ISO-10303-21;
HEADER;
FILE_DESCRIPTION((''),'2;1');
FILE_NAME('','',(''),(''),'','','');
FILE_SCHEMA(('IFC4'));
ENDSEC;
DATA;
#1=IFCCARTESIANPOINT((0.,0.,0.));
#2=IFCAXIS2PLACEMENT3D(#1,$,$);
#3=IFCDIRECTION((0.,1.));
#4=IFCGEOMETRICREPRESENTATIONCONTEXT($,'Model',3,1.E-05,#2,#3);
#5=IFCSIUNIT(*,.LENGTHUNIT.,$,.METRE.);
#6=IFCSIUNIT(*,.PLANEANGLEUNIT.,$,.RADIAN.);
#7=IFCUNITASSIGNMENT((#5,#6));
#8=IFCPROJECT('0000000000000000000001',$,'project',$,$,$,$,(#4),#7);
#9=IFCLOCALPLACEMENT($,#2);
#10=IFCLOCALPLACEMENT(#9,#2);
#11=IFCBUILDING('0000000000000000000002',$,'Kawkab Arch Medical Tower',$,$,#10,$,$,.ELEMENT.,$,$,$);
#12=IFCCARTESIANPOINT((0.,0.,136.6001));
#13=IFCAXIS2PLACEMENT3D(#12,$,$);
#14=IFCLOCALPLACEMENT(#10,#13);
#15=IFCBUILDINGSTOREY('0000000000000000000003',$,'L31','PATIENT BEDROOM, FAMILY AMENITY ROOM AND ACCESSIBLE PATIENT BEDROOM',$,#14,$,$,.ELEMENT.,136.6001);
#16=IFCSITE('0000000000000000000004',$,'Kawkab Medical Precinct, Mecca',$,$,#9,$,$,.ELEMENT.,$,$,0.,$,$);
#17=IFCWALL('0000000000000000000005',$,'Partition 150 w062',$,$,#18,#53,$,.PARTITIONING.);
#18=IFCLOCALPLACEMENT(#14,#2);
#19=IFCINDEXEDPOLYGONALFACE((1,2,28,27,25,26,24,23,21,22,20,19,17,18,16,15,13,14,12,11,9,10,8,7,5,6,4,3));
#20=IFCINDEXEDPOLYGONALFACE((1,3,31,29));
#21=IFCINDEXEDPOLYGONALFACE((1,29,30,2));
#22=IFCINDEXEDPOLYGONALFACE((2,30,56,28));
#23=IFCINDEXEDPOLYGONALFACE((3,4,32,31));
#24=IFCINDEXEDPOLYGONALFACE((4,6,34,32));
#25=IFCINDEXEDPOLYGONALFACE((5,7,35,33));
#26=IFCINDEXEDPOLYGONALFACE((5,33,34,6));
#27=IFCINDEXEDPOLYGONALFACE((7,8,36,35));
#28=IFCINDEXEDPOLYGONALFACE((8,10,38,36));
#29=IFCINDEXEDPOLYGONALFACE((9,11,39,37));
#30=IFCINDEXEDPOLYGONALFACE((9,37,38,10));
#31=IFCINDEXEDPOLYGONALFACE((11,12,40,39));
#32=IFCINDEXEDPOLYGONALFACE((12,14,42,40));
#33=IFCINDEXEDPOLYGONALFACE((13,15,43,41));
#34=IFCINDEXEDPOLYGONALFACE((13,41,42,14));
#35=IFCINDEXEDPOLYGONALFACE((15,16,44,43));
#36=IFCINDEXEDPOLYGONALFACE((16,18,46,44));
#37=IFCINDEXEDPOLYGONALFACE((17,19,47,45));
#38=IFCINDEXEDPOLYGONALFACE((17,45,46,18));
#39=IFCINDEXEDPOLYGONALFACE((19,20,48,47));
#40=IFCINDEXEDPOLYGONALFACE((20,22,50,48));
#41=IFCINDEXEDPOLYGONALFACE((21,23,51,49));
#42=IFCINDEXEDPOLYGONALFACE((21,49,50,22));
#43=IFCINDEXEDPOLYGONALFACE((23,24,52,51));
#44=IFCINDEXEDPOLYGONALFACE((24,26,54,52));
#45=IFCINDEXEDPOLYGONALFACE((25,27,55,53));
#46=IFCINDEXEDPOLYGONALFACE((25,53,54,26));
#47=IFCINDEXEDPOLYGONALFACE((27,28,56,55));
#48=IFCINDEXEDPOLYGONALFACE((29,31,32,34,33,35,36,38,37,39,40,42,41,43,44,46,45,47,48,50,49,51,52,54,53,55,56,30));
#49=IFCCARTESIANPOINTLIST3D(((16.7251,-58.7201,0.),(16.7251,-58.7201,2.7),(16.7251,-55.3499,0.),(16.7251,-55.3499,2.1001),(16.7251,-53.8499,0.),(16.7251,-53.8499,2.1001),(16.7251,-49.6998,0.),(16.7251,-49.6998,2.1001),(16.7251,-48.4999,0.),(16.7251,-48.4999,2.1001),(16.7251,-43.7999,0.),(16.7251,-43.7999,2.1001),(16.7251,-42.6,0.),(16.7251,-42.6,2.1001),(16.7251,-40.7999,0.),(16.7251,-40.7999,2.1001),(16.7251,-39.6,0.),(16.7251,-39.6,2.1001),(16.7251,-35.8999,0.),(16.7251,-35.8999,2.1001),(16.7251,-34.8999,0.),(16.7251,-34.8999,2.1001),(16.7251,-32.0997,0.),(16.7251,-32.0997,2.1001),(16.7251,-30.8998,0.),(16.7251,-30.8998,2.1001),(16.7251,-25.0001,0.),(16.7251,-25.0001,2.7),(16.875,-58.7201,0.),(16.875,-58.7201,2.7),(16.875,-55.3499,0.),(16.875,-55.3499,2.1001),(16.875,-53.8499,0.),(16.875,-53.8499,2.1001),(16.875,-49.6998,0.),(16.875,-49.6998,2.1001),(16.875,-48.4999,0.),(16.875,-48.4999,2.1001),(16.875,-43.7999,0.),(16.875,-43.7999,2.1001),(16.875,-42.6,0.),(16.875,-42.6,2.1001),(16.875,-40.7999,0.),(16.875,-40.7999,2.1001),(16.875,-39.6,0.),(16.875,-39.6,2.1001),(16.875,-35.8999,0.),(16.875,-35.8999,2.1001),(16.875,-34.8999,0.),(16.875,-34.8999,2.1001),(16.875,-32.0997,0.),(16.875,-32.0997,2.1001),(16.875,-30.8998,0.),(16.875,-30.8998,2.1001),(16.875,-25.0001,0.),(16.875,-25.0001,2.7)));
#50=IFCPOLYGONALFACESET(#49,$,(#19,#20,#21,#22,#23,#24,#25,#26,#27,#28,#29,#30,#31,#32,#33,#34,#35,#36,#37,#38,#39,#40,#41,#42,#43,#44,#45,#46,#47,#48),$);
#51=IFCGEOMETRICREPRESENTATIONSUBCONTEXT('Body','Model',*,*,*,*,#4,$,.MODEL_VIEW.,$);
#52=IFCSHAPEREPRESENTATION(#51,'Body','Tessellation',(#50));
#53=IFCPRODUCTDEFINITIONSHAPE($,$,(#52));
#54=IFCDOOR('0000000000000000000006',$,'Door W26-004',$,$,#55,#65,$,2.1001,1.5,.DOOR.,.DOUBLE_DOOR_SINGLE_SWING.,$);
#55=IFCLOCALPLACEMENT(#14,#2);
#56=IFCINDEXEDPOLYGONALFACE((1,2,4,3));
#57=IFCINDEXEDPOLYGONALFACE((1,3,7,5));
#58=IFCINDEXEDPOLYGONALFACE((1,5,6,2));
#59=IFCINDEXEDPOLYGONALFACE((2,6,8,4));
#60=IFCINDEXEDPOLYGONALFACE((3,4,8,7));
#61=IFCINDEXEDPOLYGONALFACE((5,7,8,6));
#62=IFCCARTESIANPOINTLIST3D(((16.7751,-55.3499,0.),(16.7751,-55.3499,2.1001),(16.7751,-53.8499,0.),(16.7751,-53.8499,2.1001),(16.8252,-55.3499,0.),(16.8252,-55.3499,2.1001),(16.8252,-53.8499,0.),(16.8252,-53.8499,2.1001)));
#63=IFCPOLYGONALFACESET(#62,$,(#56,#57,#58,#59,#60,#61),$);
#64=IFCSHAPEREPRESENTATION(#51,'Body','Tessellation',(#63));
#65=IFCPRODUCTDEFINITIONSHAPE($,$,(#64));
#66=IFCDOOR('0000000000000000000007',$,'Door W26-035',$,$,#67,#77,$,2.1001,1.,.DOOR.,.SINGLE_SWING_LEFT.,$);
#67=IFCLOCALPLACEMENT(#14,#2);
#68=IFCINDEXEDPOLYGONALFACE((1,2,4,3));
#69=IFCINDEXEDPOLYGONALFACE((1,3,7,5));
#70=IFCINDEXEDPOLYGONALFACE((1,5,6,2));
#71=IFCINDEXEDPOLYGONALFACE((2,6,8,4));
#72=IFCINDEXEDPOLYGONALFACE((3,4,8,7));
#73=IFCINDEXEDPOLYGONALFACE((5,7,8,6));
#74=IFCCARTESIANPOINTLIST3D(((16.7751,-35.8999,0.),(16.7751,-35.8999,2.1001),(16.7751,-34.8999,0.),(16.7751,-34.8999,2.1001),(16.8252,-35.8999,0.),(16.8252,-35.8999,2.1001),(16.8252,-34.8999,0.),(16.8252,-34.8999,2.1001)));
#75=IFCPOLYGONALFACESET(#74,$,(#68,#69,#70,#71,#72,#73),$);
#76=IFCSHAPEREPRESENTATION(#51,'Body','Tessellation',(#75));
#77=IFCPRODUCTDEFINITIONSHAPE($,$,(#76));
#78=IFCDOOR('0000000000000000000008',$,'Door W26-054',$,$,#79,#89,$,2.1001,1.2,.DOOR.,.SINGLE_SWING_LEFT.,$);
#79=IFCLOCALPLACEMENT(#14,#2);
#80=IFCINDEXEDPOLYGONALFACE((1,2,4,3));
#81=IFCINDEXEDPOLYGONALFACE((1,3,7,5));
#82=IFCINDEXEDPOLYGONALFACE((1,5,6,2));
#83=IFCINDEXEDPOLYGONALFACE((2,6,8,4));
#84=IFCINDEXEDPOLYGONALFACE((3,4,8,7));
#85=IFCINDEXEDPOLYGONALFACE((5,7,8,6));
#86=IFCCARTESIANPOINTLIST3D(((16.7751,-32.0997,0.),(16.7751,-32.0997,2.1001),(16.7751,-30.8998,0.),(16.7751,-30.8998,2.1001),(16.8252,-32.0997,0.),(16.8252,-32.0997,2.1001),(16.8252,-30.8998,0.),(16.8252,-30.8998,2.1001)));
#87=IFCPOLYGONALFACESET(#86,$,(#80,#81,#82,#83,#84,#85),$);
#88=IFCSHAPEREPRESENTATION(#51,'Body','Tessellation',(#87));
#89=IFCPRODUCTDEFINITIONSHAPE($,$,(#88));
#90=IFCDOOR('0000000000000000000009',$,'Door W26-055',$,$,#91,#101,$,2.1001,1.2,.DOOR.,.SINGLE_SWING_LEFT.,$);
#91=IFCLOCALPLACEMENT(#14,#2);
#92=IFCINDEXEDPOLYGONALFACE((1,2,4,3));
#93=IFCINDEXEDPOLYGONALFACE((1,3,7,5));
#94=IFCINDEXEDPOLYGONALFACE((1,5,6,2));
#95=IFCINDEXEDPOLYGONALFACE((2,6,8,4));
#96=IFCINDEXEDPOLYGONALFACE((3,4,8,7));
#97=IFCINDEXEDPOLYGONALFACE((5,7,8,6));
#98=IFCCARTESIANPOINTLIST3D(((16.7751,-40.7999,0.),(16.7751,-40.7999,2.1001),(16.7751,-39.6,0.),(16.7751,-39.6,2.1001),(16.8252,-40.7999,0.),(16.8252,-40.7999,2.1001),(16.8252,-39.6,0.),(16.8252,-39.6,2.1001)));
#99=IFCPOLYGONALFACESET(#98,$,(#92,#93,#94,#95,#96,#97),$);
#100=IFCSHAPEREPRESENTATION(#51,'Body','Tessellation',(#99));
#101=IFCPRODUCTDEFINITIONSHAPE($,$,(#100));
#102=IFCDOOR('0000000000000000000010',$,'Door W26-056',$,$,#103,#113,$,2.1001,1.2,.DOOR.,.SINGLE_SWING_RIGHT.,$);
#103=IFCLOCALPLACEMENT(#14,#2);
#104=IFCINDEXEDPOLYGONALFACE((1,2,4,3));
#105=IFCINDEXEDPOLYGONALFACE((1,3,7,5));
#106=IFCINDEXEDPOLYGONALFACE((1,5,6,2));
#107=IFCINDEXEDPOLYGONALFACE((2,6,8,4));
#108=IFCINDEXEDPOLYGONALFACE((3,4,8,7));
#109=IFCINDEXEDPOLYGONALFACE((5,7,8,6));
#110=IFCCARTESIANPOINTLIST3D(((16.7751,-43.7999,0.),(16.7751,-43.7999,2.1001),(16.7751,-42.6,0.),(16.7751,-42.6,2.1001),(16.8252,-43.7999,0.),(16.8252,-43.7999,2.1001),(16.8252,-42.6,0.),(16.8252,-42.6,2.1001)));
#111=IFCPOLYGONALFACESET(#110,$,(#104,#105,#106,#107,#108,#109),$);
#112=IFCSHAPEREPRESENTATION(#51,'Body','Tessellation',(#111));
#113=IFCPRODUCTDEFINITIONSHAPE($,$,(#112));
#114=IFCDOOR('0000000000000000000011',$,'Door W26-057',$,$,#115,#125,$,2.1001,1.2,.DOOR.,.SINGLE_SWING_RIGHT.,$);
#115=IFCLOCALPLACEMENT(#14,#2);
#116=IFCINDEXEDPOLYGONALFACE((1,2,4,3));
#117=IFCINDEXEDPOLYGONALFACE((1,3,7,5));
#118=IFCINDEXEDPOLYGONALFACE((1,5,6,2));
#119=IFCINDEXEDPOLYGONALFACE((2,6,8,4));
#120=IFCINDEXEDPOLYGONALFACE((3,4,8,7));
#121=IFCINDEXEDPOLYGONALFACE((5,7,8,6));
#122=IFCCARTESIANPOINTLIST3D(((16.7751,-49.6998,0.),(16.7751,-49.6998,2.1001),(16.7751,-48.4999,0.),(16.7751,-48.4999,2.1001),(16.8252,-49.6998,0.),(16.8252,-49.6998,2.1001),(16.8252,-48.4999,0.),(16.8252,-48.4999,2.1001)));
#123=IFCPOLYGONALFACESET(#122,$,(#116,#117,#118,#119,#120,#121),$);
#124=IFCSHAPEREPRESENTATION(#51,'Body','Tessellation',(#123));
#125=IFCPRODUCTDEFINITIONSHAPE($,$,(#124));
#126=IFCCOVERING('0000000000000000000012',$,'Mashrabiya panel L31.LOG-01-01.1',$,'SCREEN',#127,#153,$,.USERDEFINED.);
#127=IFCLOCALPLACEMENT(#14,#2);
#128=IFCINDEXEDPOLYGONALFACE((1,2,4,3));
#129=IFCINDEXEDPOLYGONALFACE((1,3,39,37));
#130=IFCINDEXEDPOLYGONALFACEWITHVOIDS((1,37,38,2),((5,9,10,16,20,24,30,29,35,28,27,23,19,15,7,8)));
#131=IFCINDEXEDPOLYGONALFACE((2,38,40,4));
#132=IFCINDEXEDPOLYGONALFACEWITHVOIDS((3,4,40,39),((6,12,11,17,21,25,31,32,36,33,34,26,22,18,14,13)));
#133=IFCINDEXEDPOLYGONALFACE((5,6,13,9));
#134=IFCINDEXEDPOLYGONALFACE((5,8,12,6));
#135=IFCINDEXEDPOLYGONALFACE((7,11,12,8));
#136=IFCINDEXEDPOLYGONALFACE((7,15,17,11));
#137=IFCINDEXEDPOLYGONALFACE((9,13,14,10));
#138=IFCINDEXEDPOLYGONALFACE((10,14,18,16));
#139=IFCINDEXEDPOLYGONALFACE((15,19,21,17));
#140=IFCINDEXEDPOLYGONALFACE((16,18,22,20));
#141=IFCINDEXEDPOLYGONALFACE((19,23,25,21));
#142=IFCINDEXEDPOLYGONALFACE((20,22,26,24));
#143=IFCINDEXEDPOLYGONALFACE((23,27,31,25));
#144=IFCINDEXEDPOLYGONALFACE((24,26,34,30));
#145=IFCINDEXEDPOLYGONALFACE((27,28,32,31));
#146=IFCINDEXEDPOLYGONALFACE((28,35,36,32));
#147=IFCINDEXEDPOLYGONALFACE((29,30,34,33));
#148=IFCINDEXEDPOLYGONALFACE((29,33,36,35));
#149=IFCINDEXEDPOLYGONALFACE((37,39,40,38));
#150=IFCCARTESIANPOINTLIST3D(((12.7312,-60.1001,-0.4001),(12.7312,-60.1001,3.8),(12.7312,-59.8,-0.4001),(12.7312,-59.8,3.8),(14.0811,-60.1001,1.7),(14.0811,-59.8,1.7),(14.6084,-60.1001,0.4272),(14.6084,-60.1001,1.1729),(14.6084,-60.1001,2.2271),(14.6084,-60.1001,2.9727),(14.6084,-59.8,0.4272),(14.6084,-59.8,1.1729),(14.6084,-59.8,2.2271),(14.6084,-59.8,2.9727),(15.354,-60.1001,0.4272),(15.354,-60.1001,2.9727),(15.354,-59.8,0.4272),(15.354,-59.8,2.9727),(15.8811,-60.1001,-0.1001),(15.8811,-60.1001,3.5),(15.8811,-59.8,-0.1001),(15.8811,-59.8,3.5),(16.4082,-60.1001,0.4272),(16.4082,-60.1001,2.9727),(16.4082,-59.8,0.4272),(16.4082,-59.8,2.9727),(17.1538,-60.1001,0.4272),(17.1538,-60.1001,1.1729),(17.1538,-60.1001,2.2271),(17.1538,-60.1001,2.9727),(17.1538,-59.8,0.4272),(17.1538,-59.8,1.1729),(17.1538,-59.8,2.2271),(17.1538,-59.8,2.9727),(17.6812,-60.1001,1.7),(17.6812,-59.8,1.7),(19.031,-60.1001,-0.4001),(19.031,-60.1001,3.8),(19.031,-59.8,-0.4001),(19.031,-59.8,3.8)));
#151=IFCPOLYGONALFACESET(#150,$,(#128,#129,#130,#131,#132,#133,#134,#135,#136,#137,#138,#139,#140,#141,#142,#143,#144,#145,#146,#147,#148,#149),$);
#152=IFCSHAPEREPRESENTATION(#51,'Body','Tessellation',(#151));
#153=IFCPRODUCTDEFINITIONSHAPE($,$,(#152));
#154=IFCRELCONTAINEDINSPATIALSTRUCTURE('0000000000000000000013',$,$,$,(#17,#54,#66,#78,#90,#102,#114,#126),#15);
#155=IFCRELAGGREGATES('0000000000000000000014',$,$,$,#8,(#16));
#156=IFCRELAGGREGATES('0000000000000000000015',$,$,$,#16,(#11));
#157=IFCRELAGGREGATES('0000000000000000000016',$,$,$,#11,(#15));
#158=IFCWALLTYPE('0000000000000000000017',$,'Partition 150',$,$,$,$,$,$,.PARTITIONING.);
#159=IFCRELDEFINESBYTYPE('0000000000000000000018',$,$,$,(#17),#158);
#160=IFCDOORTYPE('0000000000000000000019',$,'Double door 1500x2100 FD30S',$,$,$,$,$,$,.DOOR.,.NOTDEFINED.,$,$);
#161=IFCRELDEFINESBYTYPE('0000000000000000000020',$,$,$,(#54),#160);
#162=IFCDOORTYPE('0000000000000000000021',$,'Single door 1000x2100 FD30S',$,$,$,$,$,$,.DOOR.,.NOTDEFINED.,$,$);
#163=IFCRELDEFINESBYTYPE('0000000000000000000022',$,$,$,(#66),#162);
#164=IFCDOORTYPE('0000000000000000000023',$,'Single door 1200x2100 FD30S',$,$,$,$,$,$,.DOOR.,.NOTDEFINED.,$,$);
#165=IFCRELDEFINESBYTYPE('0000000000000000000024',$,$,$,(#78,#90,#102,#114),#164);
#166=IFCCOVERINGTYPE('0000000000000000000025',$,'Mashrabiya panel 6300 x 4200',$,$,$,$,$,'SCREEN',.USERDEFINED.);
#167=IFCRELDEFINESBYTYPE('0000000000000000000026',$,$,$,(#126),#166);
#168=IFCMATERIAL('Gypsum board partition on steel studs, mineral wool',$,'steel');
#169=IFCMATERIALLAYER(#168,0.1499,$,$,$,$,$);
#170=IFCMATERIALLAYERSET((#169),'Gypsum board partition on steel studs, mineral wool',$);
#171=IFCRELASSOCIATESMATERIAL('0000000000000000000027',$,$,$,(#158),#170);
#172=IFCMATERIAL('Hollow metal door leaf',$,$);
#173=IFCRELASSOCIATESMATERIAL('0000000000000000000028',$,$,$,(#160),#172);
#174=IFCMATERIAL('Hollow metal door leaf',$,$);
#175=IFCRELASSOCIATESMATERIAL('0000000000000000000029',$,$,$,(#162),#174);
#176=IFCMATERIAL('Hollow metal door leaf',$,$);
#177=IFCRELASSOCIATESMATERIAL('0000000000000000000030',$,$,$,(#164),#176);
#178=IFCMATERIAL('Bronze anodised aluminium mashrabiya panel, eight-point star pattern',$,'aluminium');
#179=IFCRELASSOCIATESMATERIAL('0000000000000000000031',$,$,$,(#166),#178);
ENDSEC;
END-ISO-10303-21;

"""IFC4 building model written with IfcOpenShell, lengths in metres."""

from ifc_helpers import new_model, si_unit, direction, frame, frame_2d, origin, place, context, subcontext, project, spatial, polyline, rectangle, outline, extrude, material, layer, layer_set, material_profile, profile_set, type_object, element, fill, save


model = new_model("IFC4")

# Units and contexts
model_context = context("Model", 3, precision=1e-05, world=origin(), true_north=direction((0.0, 1.0)))
body_context = subcontext(model_context, "Body", "Model", "MODEL_VIEW")
ifc_project = project(units=[si_unit("LENGTHUNIT", "METRE"), si_unit("PLANEANGLEUNIT", "RADIAN")], contexts=[model_context])

# Site, building, storey
site_placement = place(None, origin())
site = spatial("IfcSite", under=ifc_project, at=site_placement, Name="Kawkab Medical Precinct, Mecca", CompositionType="ELEMENT", RefElevation=0.0)
building_placement = place(site_placement, origin())
building = spatial("IfcBuilding", under=site, at=building_placement, Name="Kawkab Arch Medical Tower", CompositionType="ELEMENT")
storey_placement = place(building_placement, frame((0.0, 0.0, 136.6001)))
storey = spatial("IfcBuildingStorey", under=building, at=storey_placement, Name="L31", Description="PATIENT BEDROOM, FAMILY AMENITY ROOM AND ACCESSIBLE PATIENT BEDROOM", CompositionType="ELEMENT", Elevation=136.6001)

# Wall, openings, doors
ifc_material_1 = material(Name="Gypsum board partition on steel studs, mineral wool", Category="steel")
ifc_layer_1 = layer(ifc_material_1, 0.1499)
ifc_layer_set_1 = layer_set([ifc_layer_1], Name="Gypsum board partition on steel studs, mineral wool")
wall_type = type_object("IfcWallType", Name="Partition 150", PredefinedType="PARTITIONING", material=ifc_layer_set_1)
wall_placement = place(storey_placement, frame((16.8, -58.72, 0.0), z_axis=(0.0, 0.0, 1.0), x_axis=(0.0, 1.0, 0.0)))
wall = element("IfcWall", 1, at=wall_placement, inside=storey, type_object=wall_type, Name="Partition 150 w062", PredefinedType="PARTITIONING", context=body_context, shape_type="SweptSolid", body=[
    extrude(rectangle(XDim=33.72, YDim=0.1499, at=frame_2d((16.8599, 0.0))), origin(), (0.0, 0.0, 1.0), 2.7),
])
opening_1_placement = place(wall_placement, frame((26.6201, 0.0, 0.0)))
opening_1 = element("IfcOpeningElement", 2, at=opening_1_placement, cuts=wall, PredefinedType="OPENING", context=body_context, shape_type="SweptSolid", body=[
    extrude(rectangle(XDim=1.2, YDim=2.1001, at=frame_2d((0.6001, 1.05))), frame((0.0, 0.085, 0.0), z_axis=(0.0, -1.0, 0.0), x_axis=(1.0, 0.0, 0.0)), (0.0, 0.0, 1.0), 0.1699),
])
opening_2_placement = place(wall_placement, frame((22.8201, 0.0, 0.0)))
opening_2 = element("IfcOpeningElement", 3, at=opening_2_placement, cuts=wall, PredefinedType="OPENING", context=body_context, shape_type="SweptSolid", body=[
    extrude(rectangle(XDim=1.0, YDim=2.1001, at=frame_2d((0.5, 1.05))), frame((0.0, 0.085, 0.0), z_axis=(0.0, -1.0, 0.0), x_axis=(1.0, 0.0, 0.0)), (0.0, 0.0, 1.0), 0.1699),
])
opening_3_placement = place(wall_placement, frame((17.9199, 0.0, 0.0)))
opening_3 = element("IfcOpeningElement", 4, at=opening_3_placement, cuts=wall, PredefinedType="OPENING", context=body_context, shape_type="SweptSolid", body=[
    extrude(rectangle(XDim=1.2, YDim=2.1001, at=frame_2d((0.6001, 1.05))), frame((0.0, 0.085, 0.0), z_axis=(0.0, -1.0, 0.0), x_axis=(1.0, 0.0, 0.0)), (0.0, 0.0, 1.0), 0.1699),
])
opening_4_placement = place(wall_placement, frame((14.9199, 0.0, 0.0)))
opening_4 = element("IfcOpeningElement", 5, at=opening_4_placement, cuts=wall, PredefinedType="OPENING", context=body_context, shape_type="SweptSolid", body=[
    extrude(rectangle(XDim=1.2, YDim=2.1001, at=frame_2d((0.6001, 1.05))), frame((0.0, 0.085, 0.0), z_axis=(0.0, -1.0, 0.0), x_axis=(1.0, 0.0, 0.0)), (0.0, 0.0, 1.0), 0.1699),
])
opening_5_placement = place(wall_placement, frame((9.02, 0.0, 0.0)))
opening_5 = element("IfcOpeningElement", 6, at=opening_5_placement, cuts=wall, PredefinedType="OPENING", context=body_context, shape_type="SweptSolid", body=[
    extrude(rectangle(XDim=1.2, YDim=2.1001, at=frame_2d((0.6001, 1.05))), frame((0.0, 0.085, 0.0), z_axis=(0.0, -1.0, 0.0), x_axis=(1.0, 0.0, 0.0)), (0.0, 0.0, 1.0), 0.1699),
])
opening_6_placement = place(wall_placement, frame((3.3701, 0.0, 0.0)))
opening_6 = element("IfcOpeningElement", 7, at=opening_6_placement, cuts=wall, PredefinedType="OPENING", context=body_context, shape_type="SweptSolid", body=[
    extrude(rectangle(XDim=1.5, YDim=2.1001, at=frame_2d((0.75, 1.05))), frame((0.0, 0.085, 0.0), z_axis=(0.0, -1.0, 0.0), x_axis=(1.0, 0.0, 0.0)), (0.0, 0.0, 1.0), 0.1699),
])
ifc_material_2 = material(Name="Hollow metal door leaf")
door_type_1 = type_object("IfcDoorType", Name="Double door 1500x2100 FD30S", OperationType="NOTDEFINED", PredefinedType="DOOR", material=ifc_material_2)
door_1_placement = place(opening_6_placement, origin())
door_1 = element("IfcDoor", 8, at=door_1_placement, inside=storey, type_object=door_type_1, Name="Door W26-004", OperationType="DOUBLE_DOOR_SINGLE_SWING", OverallHeight=2.1001, OverallWidth=1.5, PredefinedType="DOOR", context=body_context, shape_type="SweptSolid", body=[
    extrude(rectangle(XDim=1.5, YDim=2.1001, at=frame_2d((0.75, 1.05))), frame((0.0, 0.0249, 0.0), z_axis=(0.0, -1.0, 0.0), x_axis=(1.0, 0.0, 0.0)), (0.0, 0.0, 1.0), 0.05),
])
fill(opening_6, door_1)
ifc_material_3 = material(Name="Hollow metal door leaf")
door_type_2 = type_object("IfcDoorType", Name="Single door 1000x2100 FD30S", OperationType="NOTDEFINED", PredefinedType="DOOR", material=ifc_material_3)
door_2_placement = place(opening_2_placement, origin())
door_2 = element("IfcDoor", 9, at=door_2_placement, inside=storey, type_object=door_type_2, Name="Door W26-035", OperationType="SINGLE_SWING_LEFT", OverallHeight=2.1001, OverallWidth=1.0, PredefinedType="DOOR", context=body_context, shape_type="SweptSolid", body=[
    extrude(rectangle(XDim=1.0, YDim=2.1001, at=frame_2d((0.5, 1.05))), frame((0.0, 0.0249, 0.0), z_axis=(0.0, -1.0, 0.0), x_axis=(1.0, 0.0, 0.0)), (0.0, 0.0, 1.0), 0.05),
])
fill(opening_2, door_2)
ifc_material_4 = material(Name="Hollow metal door leaf")
door_type_3 = type_object("IfcDoorType", Name="Single door 1200x2100 FD30S", OperationType="NOTDEFINED", PredefinedType="DOOR", material=ifc_material_4)
door_3_placement = place(opening_1_placement, origin())
door_3 = element("IfcDoor", 10, at=door_3_placement, inside=storey, type_object=door_type_3, Name="Door W26-054", OperationType="SINGLE_SWING_LEFT", OverallHeight=2.1001, OverallWidth=1.2, PredefinedType="DOOR", context=body_context, shape_type="SweptSolid", body=[
    extrude(rectangle(XDim=1.2, YDim=2.1001, at=frame_2d((0.6001, 1.05))), frame((0.0, 0.0249, 0.0), z_axis=(0.0, -1.0, 0.0), x_axis=(1.0, 0.0, 0.0)), (0.0, 0.0, 1.0), 0.05),
])
fill(opening_1, door_3)
door_4_placement = place(opening_3_placement, origin())
door_4 = element("IfcDoor", 11, at=door_4_placement, inside=storey, type_object=door_type_3, Name="Door W26-055", OperationType="SINGLE_SWING_LEFT", OverallHeight=2.1001, OverallWidth=1.2, PredefinedType="DOOR", context=body_context, shape_type="SweptSolid", body=[
    extrude(rectangle(XDim=1.2, YDim=2.1001, at=frame_2d((0.6001, 1.05))), frame((0.0, 0.0249, 0.0), z_axis=(0.0, -1.0, 0.0), x_axis=(1.0, 0.0, 0.0)), (0.0, 0.0, 1.0), 0.05),
])
fill(opening_3, door_4)
door_5_placement = place(opening_4_placement, origin())
door_5 = element("IfcDoor", 12, at=door_5_placement, inside=storey, type_object=door_type_3, Name="Door W26-056", OperationType="SINGLE_SWING_RIGHT", OverallHeight=2.1001, OverallWidth=1.2, PredefinedType="DOOR", context=body_context, shape_type="SweptSolid", body=[
    extrude(rectangle(XDim=1.2, YDim=2.1001, at=frame_2d((0.6001, 1.05))), frame((0.0, 0.0249, 0.0), z_axis=(0.0, -1.0, 0.0), x_axis=(1.0, 0.0, 0.0)), (0.0, 0.0, 1.0), 0.05),
])
fill(opening_4, door_5)
door_6_placement = place(opening_5_placement, origin())
door_6 = element("IfcDoor", 13, at=door_6_placement, inside=storey, type_object=door_type_3, Name="Door W26-057", OperationType="SINGLE_SWING_RIGHT", OverallHeight=2.1001, OverallWidth=1.2, PredefinedType="DOOR", context=body_context, shape_type="SweptSolid", body=[
    extrude(rectangle(XDim=1.2, YDim=2.1001, at=frame_2d((0.6001, 1.05))), frame((0.0, 0.0249, 0.0), z_axis=(0.0, -1.0, 0.0), x_axis=(1.0, 0.0, 0.0)), (0.0, 0.0, 1.0), 0.05),
])
fill(opening_5, door_6)

# Covering
ifc_material_5 = material(Name="Bronze anodised aluminium mashrabiya panel, eight-point star pattern", Category="aluminium")
ifc_material_profile_1 = material_profile(ifc_material_5, outline(polyline([(-3.1499, -2.1001), (3.1499, -2.1001), (3.1499, 2.1001), (-3.1499, 2.1001), (-3.1499, -2.1001)]), holes=[polyline([(1.8, 0.0), (1.2727, 0.5271), (1.2727, 1.2727), (0.5271, 1.2727), (0.0, 1.8), (-0.5271, 1.2727), (-1.2727, 1.2727), (-1.2727, 0.5271), (-1.8, 0.0), (-1.2727, -0.5271), (-1.2727, -1.2727), (-0.5271, -1.2727), (0.0, -1.8), (0.5271, -1.2727), (1.2727, -1.2727), (1.2727, -0.5271), (1.8, 0.0)])]), Name="Mashrabiya panel 6300x4200")
ifc_profile_set_1 = profile_set([ifc_material_profile_1], Name="Bronze anodised aluminium mashrabiya panel, eight-point star pattern")
covering_type_1 = type_object("IfcCoveringType", Name="Mashrabiya panel 6300 x 4200", ElementType="SCREEN", PredefinedType="USERDEFINED", material=ifc_profile_set_1)
covering_1_placement = place(storey_placement, frame((15.8811, -59.8, 1.7), z_axis=(0.0, -1.0, 0.0), x_axis=(1.0, 0.0, 0.0)))
element("IfcCovering", 14, at=covering_1_placement, inside=storey, type_object=covering_type_1, Name="Mashrabiya panel L31.LOG-01-01.1", ObjectType="SCREEN", PredefinedType="USERDEFINED", context=body_context, shape_type="SweptSolid", body=[
    extrude(outline(polyline([(-3.1499, -2.1001), (3.1499, -2.1001), (3.1499, 2.1001), (-3.1499, 2.1001), (-3.1499, -2.1001)]), holes=[polyline([(1.8, 0.0), (1.2727, 0.5271), (1.2727, 1.2727), (0.5271, 1.2727), (0.0, 1.8), (-0.5271, 1.2727), (-1.2727, 1.2727), (-1.2727, 0.5271), (-1.8, 0.0), (-1.2727, -0.5271), (-1.2727, -1.2727), (-0.5271, -1.2727), (0.0, -1.8), (0.5271, -1.2727), (1.2727, -1.2727), (1.2727, -0.5271), (1.8, 0.0)])]), origin(), (0.0, 0.0, 1.0), 0.3),
])

save(model, "model.ifc")
